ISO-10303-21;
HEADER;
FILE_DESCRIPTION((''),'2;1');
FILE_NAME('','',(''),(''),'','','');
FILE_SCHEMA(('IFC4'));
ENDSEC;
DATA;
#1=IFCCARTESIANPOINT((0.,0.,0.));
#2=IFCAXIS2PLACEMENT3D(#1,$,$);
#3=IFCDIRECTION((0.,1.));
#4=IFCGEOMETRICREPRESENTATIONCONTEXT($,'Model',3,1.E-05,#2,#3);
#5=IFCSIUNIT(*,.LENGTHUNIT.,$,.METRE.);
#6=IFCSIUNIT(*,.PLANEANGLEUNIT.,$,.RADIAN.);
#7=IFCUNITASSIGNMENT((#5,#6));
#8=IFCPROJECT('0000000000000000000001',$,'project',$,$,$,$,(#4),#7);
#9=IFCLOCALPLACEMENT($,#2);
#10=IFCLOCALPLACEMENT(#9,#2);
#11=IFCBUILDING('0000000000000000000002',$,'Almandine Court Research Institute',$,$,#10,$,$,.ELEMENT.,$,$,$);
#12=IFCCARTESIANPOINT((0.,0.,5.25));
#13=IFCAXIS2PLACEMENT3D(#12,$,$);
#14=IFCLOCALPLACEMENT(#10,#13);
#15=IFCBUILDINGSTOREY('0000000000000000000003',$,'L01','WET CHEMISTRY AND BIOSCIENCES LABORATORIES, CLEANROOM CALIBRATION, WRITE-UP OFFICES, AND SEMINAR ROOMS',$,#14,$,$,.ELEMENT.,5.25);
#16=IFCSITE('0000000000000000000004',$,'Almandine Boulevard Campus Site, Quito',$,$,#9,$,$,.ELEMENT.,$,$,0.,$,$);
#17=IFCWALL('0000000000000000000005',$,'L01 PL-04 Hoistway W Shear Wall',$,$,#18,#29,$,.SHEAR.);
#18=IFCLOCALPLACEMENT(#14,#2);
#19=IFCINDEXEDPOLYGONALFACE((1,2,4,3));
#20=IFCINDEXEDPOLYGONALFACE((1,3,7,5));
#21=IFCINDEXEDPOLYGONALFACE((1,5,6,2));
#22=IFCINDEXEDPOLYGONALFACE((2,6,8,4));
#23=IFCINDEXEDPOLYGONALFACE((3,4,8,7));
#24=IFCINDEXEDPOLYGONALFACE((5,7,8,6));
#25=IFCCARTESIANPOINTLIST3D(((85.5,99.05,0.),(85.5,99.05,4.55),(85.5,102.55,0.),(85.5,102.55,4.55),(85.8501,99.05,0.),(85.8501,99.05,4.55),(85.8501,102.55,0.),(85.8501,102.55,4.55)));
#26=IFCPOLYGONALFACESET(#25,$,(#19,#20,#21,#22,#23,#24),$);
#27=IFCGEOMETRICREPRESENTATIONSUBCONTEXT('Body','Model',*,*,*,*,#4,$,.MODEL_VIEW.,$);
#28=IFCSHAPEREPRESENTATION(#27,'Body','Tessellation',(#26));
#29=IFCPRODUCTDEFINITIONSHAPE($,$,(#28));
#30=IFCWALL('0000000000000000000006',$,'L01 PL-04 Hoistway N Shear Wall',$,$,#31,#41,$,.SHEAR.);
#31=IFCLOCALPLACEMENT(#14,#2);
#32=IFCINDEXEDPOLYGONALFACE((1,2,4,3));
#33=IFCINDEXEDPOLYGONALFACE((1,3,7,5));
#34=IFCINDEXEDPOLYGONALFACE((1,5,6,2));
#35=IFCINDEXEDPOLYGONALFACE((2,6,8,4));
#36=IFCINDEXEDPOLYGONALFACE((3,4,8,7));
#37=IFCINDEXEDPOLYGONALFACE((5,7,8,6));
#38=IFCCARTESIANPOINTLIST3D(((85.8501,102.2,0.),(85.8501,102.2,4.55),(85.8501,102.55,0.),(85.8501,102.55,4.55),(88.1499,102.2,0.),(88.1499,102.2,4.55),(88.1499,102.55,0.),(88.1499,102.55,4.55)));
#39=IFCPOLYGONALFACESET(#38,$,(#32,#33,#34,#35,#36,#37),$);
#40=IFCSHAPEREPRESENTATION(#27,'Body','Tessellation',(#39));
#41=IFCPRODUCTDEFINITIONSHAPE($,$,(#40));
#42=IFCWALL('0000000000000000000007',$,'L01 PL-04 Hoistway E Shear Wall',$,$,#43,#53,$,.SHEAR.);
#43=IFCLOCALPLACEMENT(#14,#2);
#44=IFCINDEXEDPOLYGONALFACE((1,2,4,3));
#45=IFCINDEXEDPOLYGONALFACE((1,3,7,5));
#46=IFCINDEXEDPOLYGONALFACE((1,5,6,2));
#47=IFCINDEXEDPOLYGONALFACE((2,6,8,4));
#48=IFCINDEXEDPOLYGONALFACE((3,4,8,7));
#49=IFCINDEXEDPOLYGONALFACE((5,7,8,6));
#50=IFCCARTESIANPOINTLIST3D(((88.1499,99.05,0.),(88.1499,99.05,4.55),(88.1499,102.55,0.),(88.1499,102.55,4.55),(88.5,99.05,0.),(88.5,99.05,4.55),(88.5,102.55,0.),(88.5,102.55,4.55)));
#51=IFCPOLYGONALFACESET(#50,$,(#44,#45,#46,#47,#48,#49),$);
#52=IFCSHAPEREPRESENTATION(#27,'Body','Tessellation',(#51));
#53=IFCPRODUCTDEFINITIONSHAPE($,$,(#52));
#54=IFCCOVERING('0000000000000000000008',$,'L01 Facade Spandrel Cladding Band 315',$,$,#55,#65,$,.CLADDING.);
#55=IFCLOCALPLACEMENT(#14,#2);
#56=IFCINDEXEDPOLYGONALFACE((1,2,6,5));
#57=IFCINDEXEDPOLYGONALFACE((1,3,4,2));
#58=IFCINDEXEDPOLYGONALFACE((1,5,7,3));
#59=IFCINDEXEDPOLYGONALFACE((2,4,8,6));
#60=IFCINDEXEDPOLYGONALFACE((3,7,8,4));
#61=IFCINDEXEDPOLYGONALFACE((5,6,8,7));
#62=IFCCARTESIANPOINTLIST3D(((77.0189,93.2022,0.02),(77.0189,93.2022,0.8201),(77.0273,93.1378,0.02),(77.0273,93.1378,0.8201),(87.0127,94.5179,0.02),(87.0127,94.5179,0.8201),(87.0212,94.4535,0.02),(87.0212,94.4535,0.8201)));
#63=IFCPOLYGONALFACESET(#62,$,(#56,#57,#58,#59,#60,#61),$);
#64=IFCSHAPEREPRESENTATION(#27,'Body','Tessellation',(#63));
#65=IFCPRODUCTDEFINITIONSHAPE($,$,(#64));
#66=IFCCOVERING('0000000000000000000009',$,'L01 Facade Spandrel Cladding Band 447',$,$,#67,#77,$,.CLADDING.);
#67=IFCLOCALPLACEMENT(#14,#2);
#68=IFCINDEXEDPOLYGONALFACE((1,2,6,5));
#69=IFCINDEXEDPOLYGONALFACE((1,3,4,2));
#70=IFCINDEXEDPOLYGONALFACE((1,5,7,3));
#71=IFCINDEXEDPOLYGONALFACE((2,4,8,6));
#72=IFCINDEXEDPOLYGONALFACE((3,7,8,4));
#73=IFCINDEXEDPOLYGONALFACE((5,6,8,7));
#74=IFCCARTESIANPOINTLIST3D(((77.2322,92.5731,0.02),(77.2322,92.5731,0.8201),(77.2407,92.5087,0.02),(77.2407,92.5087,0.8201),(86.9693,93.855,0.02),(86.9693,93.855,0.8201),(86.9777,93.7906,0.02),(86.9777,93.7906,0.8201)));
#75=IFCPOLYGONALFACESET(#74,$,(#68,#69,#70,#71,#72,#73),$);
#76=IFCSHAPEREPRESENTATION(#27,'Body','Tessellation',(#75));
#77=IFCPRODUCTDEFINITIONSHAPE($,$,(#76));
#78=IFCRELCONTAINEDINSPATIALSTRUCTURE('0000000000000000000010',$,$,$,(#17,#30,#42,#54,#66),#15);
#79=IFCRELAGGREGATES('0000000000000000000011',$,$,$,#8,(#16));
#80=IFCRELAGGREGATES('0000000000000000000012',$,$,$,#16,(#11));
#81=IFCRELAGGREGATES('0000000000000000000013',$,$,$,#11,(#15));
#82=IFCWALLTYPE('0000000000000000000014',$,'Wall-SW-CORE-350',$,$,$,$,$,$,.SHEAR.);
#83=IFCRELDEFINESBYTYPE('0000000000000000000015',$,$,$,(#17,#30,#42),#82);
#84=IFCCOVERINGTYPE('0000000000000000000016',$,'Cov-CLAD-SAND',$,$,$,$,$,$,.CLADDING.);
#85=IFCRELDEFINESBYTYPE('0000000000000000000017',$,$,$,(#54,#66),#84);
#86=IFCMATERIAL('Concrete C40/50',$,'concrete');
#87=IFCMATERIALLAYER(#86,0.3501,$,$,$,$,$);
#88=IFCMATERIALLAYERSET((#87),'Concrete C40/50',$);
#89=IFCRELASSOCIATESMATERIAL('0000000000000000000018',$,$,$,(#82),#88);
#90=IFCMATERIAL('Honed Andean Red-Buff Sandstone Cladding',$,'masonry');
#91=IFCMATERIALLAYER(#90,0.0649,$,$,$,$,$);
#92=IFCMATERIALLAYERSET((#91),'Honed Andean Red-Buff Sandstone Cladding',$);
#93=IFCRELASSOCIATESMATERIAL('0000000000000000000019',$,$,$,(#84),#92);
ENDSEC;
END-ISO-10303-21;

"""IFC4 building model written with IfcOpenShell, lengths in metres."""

from ifc_helpers import new_model, si_unit, direction, frame, frame_2d, origin, origin_2d, place, context, subcontext, project, spatial, rectangle, extrude, material, layer, layer_set, type_object, element, save


model = new_model("IFC4")

# Units and contexts
model_context = context("Model", 3, precision=1e-05, world=origin(), true_north=direction((0.0, 1.0)))
body_context = subcontext(model_context, "Body", "Model", "MODEL_VIEW")
ifc_project = project(units=[si_unit("LENGTHUNIT", "METRE"), si_unit("PLANEANGLEUNIT", "RADIAN")], contexts=[model_context])

# Site, building, storey
site_placement = place(None, origin())
site = spatial("IfcSite", under=ifc_project, at=site_placement, Name="Almandine Boulevard Campus Site, Quito", CompositionType="ELEMENT", RefElevation=0.0)
building_placement = place(site_placement, origin())
building = spatial("IfcBuilding", under=site, at=building_placement, Name="Almandine Court Research Institute", CompositionType="ELEMENT")
storey_placement = place(building_placement, frame((0.0, 0.0, 5.25)))
storey = spatial("IfcBuildingStorey", under=building, at=storey_placement, Name="L01", Description="WET CHEMISTRY AND BIOSCIENCES LABORATORIES, CLEANROOM CALIBRATION, WRITE-UP OFFICES, AND SEMINAR ROOMS", CompositionType="ELEMENT", Elevation=5.25)

# Walls
ifc_material_1 = material(Name="Concrete C40/50", Category="concrete")
ifc_layer_1 = layer(ifc_material_1, 0.3501)
ifc_layer_set_1 = layer_set([ifc_layer_1], Name="Concrete C40/50")
wall_type_1 = type_object("IfcWallType", Name="Wall-SW-CORE-350", PredefinedType="SHEAR", material=ifc_layer_set_1)
for number, where, z_axis, x_axis, name in (
    (1, (85.675, 99.05, 0.0), (0.0, 0.0, 1.0), (0.0, 1.0, 0.0), "L01 PL-04 Hoistway W Shear Wall"),
):
    element("IfcWall", number, at=place(storey_placement, frame(where, z_axis=z_axis, x_axis=x_axis)), inside=storey, type_object=wall_type_1, Name=name, PredefinedType="SHEAR", context=body_context, shape_type="SweptSolid", body=[
        extrude(rectangle(XDim=3.5, YDim=0.3501, at=frame_2d((1.75, 0.0))), origin(), (0.0, 0.0, 1.0), 4.55),
    ])
wall_1_placement = place(storey_placement, frame((85.8501, 102.375, 0.0), z_axis=(0.0, 0.0, 1.0), x_axis=(1.0, 0.0, 0.0)))
element("IfcWall", 2, at=wall_1_placement, inside=storey, type_object=wall_type_1, Name="L01 PL-04 Hoistway N Shear Wall", PredefinedType="SHEAR", context=body_context, shape_type="SweptSolid", body=[
    extrude(rectangle(XDim=2.2998, YDim=0.3501, at=frame_2d((1.1499, 0.0))), origin(), (0.0, 0.0, 1.0), 4.55),
])
wall_2_placement = place(storey_placement, frame((88.325, 102.55, 0.0), z_axis=(0.0, 0.0, 1.0), x_axis=(0.0, -1.0, 0.0)))
element("IfcWall", 3, at=wall_2_placement, inside=storey, type_object=wall_type_1, Name="L01 PL-04 Hoistway E Shear Wall", PredefinedType="SHEAR", context=body_context, shape_type="SweptSolid", body=[
    extrude(rectangle(XDim=3.5, YDim=0.3501, at=frame_2d((1.75, 0.0))), origin(), (0.0, 0.0, 1.0), 4.55),
])

# Coverings
ifc_material_2 = material(Name="Honed Andean Red-Buff Sandstone Cladding", Category="masonry")
ifc_layer_2 = layer(ifc_material_2, 0.0649)
ifc_layer_set_2 = layer_set([ifc_layer_2], Name="Honed Andean Red-Buff Sandstone Cladding")
covering_type = type_object("IfcCoveringType", Name="Cov-CLAD-SAND", PredefinedType="CLADDING", material=ifc_layer_set_2)
covering_1_placement = place(storey_placement, frame((82.02, 93.8279, 0.02), z_axis=(0.0, 0.0, 1.0), x_axis=(-0.991445, -0.130526, 0.0)))
element("IfcCovering", 4, at=covering_1_placement, inside=storey, type_object=covering_type, Name="L01 Facade Spandrel Cladding Band 315", PredefinedType="CLADDING", context=body_context, shape_type="SweptSolid", body=[
    extrude(rectangle(XDim=10.0801, YDim=0.0649, at=origin_2d()), origin(), (0.0, 0.0, 1.0), 0.8),
])
covering_2_placement = place(storey_placement, frame((82.105, 93.1819, 0.02), z_axis=(0.0, 0.0, 1.0), x_axis=(0.991445, 0.130526, 0.0)))
element("IfcCovering", 5, at=covering_2_placement, inside=storey, type_object=covering_type, Name="L01 Facade Spandrel Cladding Band 447", PredefinedType="CLADDING", context=body_context, shape_type="SweptSolid", body=[
    extrude(rectangle(XDim=9.821, YDim=0.0649, at=origin_2d()), origin(), (0.0, 0.0, 1.0), 0.8),
])

save(model, "model.ifc")
